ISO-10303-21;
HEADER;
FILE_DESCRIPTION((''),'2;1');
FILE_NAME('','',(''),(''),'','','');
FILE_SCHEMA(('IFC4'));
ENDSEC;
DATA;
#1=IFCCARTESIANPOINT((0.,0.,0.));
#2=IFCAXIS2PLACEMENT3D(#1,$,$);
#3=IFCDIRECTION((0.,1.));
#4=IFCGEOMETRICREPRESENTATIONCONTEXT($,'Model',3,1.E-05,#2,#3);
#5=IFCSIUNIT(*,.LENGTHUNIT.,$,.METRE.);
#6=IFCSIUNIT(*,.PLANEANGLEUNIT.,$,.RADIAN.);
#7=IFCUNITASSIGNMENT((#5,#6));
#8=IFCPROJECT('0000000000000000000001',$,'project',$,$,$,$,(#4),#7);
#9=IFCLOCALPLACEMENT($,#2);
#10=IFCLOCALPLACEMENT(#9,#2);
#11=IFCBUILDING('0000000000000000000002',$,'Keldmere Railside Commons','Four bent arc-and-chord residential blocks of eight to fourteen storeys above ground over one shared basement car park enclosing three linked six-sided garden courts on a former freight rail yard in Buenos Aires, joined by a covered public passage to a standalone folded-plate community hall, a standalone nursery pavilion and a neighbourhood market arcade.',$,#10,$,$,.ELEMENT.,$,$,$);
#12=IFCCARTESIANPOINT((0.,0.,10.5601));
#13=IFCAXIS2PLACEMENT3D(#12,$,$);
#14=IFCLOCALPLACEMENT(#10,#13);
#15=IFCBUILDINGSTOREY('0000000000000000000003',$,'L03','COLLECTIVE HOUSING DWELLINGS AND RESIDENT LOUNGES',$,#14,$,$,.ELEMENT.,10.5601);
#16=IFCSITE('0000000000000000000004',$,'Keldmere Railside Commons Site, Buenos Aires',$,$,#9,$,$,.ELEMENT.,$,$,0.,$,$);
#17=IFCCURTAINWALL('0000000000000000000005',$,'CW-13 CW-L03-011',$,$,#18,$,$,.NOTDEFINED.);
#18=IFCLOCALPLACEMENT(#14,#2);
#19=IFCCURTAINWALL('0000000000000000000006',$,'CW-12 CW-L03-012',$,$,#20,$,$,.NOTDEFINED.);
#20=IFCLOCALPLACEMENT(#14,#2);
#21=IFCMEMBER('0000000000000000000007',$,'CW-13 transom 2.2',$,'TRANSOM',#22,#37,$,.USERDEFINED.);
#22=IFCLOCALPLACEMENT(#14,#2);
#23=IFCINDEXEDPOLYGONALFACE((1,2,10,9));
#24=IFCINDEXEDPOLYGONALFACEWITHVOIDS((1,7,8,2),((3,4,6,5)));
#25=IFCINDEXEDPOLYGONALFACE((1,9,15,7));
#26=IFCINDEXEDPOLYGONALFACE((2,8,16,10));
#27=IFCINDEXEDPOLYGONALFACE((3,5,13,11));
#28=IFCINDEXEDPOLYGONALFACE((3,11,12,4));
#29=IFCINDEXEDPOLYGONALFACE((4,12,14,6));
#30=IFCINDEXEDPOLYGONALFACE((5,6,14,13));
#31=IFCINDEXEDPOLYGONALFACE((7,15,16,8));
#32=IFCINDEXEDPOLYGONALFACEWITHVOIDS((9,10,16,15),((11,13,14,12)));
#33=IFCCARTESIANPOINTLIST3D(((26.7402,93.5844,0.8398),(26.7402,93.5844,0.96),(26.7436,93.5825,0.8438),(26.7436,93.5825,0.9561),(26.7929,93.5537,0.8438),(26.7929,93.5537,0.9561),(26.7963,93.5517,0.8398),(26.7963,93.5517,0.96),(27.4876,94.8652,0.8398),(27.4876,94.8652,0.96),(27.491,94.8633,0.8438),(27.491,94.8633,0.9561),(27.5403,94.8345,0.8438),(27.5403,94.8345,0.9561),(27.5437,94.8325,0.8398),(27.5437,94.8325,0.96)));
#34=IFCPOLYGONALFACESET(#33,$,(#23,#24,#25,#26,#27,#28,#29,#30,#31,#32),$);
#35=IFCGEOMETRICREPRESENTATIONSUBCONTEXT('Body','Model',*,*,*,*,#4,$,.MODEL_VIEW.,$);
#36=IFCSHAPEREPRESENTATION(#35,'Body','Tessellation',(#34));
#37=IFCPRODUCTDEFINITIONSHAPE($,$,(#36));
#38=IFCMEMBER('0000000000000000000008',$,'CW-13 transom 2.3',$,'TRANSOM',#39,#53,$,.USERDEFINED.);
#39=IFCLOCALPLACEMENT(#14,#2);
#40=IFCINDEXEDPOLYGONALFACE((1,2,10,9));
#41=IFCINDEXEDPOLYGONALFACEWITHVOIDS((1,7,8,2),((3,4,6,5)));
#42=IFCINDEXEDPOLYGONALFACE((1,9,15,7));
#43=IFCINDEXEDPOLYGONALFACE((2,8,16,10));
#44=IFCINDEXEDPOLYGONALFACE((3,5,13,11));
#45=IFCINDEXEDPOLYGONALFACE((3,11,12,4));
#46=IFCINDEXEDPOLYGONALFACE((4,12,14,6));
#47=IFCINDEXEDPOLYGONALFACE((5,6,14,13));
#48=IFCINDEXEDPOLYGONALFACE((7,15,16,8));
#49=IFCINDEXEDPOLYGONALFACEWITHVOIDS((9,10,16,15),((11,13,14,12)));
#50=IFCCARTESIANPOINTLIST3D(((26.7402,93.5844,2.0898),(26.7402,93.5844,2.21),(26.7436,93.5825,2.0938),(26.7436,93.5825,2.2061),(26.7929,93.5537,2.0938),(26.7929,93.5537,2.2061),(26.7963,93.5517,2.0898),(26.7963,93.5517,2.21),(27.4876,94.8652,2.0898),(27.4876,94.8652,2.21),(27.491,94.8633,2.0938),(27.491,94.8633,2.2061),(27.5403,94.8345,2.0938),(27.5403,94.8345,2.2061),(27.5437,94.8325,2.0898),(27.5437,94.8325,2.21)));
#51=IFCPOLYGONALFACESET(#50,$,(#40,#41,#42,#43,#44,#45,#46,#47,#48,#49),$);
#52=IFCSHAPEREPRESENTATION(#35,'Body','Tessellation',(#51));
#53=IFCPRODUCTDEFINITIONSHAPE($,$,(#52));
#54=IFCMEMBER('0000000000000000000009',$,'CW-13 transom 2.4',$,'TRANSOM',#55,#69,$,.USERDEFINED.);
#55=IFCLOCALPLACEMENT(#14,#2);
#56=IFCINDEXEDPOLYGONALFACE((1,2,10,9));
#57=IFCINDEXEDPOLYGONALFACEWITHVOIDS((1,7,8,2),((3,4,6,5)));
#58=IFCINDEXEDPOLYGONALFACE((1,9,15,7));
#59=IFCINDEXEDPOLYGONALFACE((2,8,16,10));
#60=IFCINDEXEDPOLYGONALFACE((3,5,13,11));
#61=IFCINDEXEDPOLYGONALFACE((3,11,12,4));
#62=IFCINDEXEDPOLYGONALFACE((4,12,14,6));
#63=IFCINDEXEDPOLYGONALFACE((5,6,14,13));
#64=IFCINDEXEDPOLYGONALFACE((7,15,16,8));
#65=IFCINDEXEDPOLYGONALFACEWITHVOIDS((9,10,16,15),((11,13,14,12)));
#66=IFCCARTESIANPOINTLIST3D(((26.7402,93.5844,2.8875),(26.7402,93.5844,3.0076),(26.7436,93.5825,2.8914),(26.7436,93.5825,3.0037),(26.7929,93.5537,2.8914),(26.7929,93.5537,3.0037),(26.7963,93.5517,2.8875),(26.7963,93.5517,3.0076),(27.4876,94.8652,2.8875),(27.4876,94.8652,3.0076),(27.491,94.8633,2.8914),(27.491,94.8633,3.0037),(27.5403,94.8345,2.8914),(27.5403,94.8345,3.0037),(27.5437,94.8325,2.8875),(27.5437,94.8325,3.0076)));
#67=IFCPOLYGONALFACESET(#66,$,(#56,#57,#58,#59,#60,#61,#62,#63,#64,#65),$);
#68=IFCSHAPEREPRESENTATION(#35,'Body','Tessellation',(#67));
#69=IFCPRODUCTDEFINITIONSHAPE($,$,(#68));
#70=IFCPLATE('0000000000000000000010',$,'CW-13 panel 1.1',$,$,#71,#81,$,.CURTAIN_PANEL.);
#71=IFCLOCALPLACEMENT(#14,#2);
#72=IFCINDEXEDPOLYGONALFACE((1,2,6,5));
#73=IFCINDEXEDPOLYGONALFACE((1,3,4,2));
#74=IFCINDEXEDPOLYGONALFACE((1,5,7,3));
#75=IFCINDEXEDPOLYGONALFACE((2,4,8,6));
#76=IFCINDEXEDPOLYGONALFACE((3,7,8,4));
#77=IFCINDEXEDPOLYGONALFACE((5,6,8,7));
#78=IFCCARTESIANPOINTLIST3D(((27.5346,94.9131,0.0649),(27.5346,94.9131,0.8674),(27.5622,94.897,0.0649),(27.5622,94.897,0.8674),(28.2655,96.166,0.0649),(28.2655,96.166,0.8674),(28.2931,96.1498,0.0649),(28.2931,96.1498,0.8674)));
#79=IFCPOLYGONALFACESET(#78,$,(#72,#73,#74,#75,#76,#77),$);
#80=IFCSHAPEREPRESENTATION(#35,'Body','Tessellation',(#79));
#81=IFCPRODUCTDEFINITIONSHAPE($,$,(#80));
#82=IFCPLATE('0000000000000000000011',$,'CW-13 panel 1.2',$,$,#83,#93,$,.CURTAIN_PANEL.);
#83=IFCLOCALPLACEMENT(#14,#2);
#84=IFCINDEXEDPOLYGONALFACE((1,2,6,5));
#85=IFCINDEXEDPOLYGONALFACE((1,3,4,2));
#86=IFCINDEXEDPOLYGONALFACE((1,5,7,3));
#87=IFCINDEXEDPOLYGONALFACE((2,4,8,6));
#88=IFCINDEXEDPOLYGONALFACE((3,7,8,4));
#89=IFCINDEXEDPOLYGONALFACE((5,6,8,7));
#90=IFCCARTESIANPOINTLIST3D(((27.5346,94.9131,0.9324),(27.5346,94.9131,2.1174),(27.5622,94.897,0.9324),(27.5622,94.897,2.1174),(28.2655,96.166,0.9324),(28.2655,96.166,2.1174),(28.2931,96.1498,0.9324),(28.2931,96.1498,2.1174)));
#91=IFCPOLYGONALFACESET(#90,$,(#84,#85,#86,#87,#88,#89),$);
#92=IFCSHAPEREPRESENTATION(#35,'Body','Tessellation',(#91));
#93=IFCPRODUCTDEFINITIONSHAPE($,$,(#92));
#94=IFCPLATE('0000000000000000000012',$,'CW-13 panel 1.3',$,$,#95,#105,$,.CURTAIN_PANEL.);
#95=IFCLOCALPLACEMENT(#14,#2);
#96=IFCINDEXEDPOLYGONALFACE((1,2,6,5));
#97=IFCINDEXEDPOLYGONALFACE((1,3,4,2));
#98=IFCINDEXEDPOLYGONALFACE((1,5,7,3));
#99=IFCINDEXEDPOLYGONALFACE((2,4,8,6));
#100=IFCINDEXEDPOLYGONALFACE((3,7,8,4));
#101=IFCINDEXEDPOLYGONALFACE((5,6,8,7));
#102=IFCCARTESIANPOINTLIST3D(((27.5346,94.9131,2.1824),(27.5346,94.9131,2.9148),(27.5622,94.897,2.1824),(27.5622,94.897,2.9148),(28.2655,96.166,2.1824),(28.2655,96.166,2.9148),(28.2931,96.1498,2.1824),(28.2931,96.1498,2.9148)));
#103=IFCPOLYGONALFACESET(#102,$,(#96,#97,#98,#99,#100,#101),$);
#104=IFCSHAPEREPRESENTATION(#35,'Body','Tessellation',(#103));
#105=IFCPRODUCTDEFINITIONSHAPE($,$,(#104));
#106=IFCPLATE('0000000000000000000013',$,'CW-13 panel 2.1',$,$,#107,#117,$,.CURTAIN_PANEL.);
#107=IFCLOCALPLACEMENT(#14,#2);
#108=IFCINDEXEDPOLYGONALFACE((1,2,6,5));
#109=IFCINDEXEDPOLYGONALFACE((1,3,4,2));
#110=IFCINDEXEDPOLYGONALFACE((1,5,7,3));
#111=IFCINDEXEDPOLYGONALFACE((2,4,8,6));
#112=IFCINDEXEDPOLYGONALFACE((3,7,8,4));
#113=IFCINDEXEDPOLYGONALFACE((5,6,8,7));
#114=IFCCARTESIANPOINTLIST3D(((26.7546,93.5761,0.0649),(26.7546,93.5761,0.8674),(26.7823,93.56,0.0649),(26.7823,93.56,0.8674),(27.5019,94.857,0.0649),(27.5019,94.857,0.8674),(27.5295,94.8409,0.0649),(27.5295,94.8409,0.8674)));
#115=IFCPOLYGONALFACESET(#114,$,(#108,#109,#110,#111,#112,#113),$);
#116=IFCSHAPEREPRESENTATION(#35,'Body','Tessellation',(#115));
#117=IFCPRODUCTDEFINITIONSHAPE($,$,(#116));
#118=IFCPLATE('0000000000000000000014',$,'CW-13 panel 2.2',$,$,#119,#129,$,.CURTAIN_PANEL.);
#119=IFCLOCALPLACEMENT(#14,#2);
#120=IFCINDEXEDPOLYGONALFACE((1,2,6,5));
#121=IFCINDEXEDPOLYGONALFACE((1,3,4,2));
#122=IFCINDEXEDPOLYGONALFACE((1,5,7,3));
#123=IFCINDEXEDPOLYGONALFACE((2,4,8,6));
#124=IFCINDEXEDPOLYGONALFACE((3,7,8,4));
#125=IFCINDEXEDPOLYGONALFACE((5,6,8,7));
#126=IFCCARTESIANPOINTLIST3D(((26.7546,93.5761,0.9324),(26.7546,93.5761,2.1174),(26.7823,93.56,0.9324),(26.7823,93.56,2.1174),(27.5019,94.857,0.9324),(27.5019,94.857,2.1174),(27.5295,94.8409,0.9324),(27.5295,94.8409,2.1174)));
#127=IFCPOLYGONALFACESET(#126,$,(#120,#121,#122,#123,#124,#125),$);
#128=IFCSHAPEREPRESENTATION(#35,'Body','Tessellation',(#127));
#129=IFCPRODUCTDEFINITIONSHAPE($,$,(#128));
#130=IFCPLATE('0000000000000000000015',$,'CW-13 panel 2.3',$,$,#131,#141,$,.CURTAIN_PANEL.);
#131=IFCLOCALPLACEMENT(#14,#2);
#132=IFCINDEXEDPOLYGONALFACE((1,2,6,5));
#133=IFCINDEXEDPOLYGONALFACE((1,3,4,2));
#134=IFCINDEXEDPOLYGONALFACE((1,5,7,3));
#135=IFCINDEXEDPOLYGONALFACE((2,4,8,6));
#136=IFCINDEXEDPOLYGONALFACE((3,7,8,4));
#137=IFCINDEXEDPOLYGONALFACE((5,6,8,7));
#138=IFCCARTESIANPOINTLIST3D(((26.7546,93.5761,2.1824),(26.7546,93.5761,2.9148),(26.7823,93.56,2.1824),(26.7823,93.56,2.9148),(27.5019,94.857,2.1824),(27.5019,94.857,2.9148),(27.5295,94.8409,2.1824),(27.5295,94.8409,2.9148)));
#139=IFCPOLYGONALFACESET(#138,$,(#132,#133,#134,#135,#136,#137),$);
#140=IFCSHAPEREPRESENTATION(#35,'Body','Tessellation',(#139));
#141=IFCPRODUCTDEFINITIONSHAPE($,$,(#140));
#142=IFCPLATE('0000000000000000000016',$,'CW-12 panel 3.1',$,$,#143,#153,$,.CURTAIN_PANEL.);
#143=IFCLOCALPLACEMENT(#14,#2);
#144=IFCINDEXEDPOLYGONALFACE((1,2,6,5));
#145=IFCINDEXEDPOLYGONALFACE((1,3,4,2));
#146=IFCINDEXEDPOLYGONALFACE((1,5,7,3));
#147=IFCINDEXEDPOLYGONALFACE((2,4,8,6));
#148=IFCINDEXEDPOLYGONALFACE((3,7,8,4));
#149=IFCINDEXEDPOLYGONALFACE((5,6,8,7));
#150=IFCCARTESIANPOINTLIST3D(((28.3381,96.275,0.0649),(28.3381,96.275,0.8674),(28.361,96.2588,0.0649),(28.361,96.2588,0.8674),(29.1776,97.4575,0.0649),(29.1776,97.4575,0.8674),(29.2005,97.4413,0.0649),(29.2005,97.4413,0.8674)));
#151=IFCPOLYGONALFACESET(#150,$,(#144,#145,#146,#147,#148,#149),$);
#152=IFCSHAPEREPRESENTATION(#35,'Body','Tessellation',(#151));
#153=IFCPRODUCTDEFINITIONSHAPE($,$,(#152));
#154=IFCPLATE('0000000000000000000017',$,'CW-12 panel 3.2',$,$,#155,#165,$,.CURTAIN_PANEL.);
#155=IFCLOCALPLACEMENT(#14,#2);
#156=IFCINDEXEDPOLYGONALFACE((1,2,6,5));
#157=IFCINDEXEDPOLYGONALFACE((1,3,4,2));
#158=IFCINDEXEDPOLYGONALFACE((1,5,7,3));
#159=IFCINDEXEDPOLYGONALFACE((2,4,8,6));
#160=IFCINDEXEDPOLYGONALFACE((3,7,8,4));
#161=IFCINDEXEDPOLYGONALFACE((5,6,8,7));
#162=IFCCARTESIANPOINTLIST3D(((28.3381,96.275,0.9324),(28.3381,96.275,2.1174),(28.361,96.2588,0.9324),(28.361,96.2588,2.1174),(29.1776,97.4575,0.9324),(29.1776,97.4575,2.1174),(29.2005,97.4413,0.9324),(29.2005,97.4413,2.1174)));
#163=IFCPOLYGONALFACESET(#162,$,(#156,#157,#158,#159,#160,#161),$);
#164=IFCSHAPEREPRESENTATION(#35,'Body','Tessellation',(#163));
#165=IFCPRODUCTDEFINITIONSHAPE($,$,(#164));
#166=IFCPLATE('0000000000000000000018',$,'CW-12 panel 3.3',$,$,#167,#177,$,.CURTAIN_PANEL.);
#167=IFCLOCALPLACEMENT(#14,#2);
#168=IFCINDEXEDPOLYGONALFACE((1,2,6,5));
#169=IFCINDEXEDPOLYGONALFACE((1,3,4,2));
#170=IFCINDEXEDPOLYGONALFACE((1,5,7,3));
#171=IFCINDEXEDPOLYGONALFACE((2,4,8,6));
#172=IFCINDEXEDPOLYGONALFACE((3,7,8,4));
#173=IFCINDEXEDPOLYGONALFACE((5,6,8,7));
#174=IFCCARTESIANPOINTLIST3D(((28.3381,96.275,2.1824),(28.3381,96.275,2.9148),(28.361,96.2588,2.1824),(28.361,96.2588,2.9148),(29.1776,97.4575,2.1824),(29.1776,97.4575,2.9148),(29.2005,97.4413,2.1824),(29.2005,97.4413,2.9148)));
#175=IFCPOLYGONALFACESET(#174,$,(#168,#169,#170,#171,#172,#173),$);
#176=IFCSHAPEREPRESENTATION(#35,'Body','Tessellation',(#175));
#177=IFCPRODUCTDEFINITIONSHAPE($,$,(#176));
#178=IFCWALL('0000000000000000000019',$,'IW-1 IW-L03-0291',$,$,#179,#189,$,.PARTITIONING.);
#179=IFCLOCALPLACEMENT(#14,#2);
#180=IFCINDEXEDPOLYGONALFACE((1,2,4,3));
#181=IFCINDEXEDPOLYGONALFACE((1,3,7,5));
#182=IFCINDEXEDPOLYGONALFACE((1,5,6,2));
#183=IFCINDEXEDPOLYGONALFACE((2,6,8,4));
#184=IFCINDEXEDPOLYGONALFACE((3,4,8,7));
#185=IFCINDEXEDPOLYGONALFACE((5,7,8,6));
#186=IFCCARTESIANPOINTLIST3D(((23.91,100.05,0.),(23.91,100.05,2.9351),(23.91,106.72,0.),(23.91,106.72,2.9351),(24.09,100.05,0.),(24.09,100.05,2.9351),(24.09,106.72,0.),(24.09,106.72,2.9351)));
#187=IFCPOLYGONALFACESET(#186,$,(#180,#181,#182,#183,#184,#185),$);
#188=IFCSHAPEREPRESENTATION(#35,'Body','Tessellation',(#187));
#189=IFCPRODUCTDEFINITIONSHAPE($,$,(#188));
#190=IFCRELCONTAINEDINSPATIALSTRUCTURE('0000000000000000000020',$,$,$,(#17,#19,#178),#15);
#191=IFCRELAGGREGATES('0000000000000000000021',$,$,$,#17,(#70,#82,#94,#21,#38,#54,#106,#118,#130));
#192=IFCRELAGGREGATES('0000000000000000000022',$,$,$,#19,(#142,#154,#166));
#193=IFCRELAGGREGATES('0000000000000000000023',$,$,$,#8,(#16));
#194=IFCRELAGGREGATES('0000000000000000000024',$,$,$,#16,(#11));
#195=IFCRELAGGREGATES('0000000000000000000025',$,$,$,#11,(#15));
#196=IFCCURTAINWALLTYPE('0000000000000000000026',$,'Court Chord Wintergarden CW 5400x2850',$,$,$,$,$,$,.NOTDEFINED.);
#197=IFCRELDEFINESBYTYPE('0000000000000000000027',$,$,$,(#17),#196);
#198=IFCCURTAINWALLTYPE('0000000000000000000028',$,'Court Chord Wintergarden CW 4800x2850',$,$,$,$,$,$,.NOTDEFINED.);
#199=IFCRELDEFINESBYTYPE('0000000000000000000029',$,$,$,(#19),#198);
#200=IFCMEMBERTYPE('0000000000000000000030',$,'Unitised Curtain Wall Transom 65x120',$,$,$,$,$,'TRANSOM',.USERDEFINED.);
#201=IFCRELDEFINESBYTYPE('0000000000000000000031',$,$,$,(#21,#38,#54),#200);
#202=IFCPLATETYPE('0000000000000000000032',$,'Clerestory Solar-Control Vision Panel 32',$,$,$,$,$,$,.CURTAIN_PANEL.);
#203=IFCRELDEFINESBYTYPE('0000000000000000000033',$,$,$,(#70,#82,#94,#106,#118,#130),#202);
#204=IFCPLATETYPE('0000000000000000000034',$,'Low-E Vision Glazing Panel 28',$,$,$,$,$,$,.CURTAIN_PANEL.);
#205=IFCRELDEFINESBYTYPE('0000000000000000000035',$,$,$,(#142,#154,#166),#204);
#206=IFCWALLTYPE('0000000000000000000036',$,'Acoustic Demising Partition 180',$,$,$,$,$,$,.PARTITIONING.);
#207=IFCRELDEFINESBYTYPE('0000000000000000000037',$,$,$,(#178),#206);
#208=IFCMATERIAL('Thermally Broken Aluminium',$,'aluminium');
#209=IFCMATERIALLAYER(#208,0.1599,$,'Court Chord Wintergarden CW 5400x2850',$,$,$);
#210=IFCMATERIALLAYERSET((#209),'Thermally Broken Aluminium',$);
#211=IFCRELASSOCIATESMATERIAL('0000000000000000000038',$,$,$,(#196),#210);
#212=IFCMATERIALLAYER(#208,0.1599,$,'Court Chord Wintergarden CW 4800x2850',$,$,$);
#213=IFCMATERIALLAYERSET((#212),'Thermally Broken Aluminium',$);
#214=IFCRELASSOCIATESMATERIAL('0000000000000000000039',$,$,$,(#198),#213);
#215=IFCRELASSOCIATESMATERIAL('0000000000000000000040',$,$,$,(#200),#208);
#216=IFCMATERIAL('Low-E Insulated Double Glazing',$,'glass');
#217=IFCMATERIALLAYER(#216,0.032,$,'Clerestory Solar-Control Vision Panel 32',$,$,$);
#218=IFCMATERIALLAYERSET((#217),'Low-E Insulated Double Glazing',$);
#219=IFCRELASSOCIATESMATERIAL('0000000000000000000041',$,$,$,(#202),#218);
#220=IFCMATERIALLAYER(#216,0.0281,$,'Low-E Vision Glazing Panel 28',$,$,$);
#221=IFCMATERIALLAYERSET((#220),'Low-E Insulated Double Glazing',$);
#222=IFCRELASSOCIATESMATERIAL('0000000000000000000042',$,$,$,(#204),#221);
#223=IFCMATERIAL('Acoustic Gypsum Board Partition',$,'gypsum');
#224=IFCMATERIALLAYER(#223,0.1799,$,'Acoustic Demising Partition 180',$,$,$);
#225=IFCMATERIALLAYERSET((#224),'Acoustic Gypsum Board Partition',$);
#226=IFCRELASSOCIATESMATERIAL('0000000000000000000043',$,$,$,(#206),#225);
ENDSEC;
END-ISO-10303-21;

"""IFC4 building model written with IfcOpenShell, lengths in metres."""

from ifc_helpers import new_model, si_unit, direction, frame, frame_2d, origin, origin_2d, place, context, subcontext, project, spatial, rectangle, hollow_rectangle, extrude, material, layer, layer_set, material_profile, profile_set, type_object, element, aggregate, save


model = new_model("IFC4")

# Units and contexts
model_context = context("Model", 3, precision=1e-05, world=origin(), true_north=direction((0.0, 1.0)))
body_context = subcontext(model_context, "Body", "Model", "MODEL_VIEW")
ifc_project = project(units=[si_unit("LENGTHUNIT", "METRE"), si_unit("PLANEANGLEUNIT", "RADIAN")], contexts=[model_context])

# Site, building, storey
site_placement = place(None, origin())
site = spatial("IfcSite", under=ifc_project, at=site_placement, Name="Keldmere Railside Commons Site, Buenos Aires", CompositionType="ELEMENT", RefElevation=0.0)
building_placement = place(site_placement, origin())
building = spatial("IfcBuilding", under=site, at=building_placement, Name="Keldmere Railside Commons", Description="Four bent arc-and-chord residential blocks of eight to fourteen storeys above ground over one shared basement car park enclosing three linked six-sided garden courts on a former freight rail yard in Buenos Aires, joined by a covered public passage to a standalone folded-plate community hall, a standalone nursery pavilion and a neighbourhood market arcade.", CompositionType="ELEMENT")
storey_placement = place(building_placement, frame((0.0, 0.0, 10.5601)))
storey = spatial("IfcBuildingStorey", under=building, at=storey_placement, Name="L03", Description="COLLECTIVE HOUSING DWELLINGS AND RESIDENT LOUNGES", CompositionType="ELEMENT", Elevation=10.5601)

# Curtain wall
ifc_material_1 = material(Name="Thermally Broken Aluminium", Category="aluminium")
ifc_layer_1 = layer(ifc_material_1, 0.1599, Name="Court Chord Wintergarden CW 5400x2850")
ifc_layer_set_1 = layer_set([ifc_layer_1], Name="Thermally Broken Aluminium")
curtain_wall_type_1 = type_object("IfcCurtainWallType", Name="Court Chord Wintergarden CW 5400x2850", PredefinedType="NOTDEFINED", material=ifc_layer_set_1)
curtain_wall_1_placement = place(storey_placement, origin())
curtain_wall_1 = element("IfcCurtainWall", 1, at=curtain_wall_1_placement, inside=storey, type_object=curtain_wall_type_1, Name="CW-13 CW-L03-011", PredefinedType="NOTDEFINED")

# Curtain wall
ifc_layer_2 = layer(ifc_material_1, 0.1599, Name="Court Chord Wintergarden CW 4800x2850")
ifc_layer_set_2 = layer_set([ifc_layer_2], Name="Thermally Broken Aluminium")
curtain_wall_type_2 = type_object("IfcCurtainWallType", Name="Court Chord Wintergarden CW 4800x2850", PredefinedType="NOTDEFINED", material=ifc_layer_set_2)
curtain_wall_2_placement = place(storey_placement, origin())
curtain_wall_2 = element("IfcCurtainWall", 2, at=curtain_wall_2_placement, inside=storey, type_object=curtain_wall_type_2, Name="CW-12 CW-L03-012", PredefinedType="NOTDEFINED")

# Members
ifc_material_profile_1 = material_profile(ifc_material_1, hollow_rectangle(XDim=0.0649, YDim=0.1201, WallThickness=0.0039, at=origin_2d()), Name="ALU-TRAN-65x120")
ifc_profile_set_1 = profile_set([ifc_material_profile_1], Name="Thermally Broken Aluminium")
member_type_1 = type_object("IfcMemberType", Name="Unitised Curtain Wall Transom 65x120", ElementType="TRANSOM", PredefinedType="USERDEFINED", material=ifc_profile_set_1)
member_1_placement = place(storey_placement, frame((27.5156, 94.8489, 0.8999), z_axis=(-0.503973, -0.863719, 0.0), x_axis=(0.863719, -0.503973, 0.0)))
member_1 = element("IfcMember", 3, at=member_1_placement, type_object=member_type_1, Name="CW-13 transom 2.2", ObjectType="TRANSOM", PredefinedType="USERDEFINED", context=body_context, shape_type="SweptSolid", body=[
    extrude(hollow_rectangle(XDim=0.0649, YDim=0.1201, WallThickness=0.0039, at=origin_2d()), origin(), (0.0, 0.0, 1.0), 1.4829),
])
member_2_placement = place(storey_placement, frame((27.5156, 94.8489, 2.1499), z_axis=(-0.503973, -0.863719, 0.0), x_axis=(0.863719, -0.503973, 0.0)))
member_2 = element("IfcMember", 4, at=member_2_placement, type_object=member_type_1, Name="CW-13 transom 2.3", ObjectType="TRANSOM", PredefinedType="USERDEFINED", context=body_context, shape_type="SweptSolid", body=[
    extrude(hollow_rectangle(XDim=0.0649, YDim=0.1201, WallThickness=0.0039, at=origin_2d()), origin(), (0.0, 0.0, 1.0), 1.4829),
])
member_3_placement = place(storey_placement, frame((27.5156, 94.8489, 2.9475), z_axis=(-0.503973, -0.863719, 0.0), x_axis=(0.863719, -0.503973, 0.0)))
member_3 = element("IfcMember", 5, at=member_3_placement, type_object=member_type_1, Name="CW-13 transom 2.4", ObjectType="TRANSOM", PredefinedType="USERDEFINED", context=body_context, shape_type="SweptSolid", body=[
    extrude(hollow_rectangle(XDim=0.0649, YDim=0.1201, WallThickness=0.0039, at=origin_2d()), origin(), (0.0, 0.0, 1.0), 1.4829),
])

# Plates
ifc_material_2 = material(Name="Low-E Insulated Double Glazing", Category="glass")
ifc_layer_3 = layer(ifc_material_2, 0.032, Name="Clerestory Solar-Control Vision Panel 32")
ifc_layer_set_3 = layer_set([ifc_layer_3], Name="Low-E Insulated Double Glazing")
plate_type_1 = type_object("IfcPlateType", Name="Clerestory Solar-Control Vision Panel 32", PredefinedType="CURTAIN_PANEL", material=ifc_layer_set_3)
plate_1_placement = place(storey_placement, frame((27.9138, 95.5315, 0.0649), z_axis=(0.0, 0.0, 1.0), x_axis=(-0.503911, -0.863755, 0.0)))
plate_1 = element("IfcPlate", 6, at=plate_1_placement, type_object=plate_type_1, Name="CW-13 panel 1.1", PredefinedType="CURTAIN_PANEL", context=body_context, shape_type="SweptSolid", body=[
    extrude(rectangle(XDim=1.4504, YDim=0.032, at=origin_2d()), origin(), (0.0, 0.0, 1.0), 0.8025),
])
plate_2_placement = place(storey_placement, frame((27.9138, 95.5315, 0.9324), z_axis=(0.0, 0.0, 1.0), x_axis=(-0.503911, -0.863755, 0.0)))
plate_2 = element("IfcPlate", 7, at=plate_2_placement, type_object=plate_type_1, Name="CW-13 panel 1.2", PredefinedType="CURTAIN_PANEL", context=body_context, shape_type="SweptSolid", body=[
    extrude(rectangle(XDim=1.4504, YDim=0.032, at=origin_2d()), origin(), (0.0, 0.0, 1.0), 1.1851),
])
plate_3_placement = place(storey_placement, frame((27.9138, 95.5315, 2.1824), z_axis=(0.0, 0.0, 1.0), x_axis=(-0.503911, -0.863755, 0.0)))
plate_3 = element("IfcPlate", 8, at=plate_3_placement, type_object=plate_type_1, Name="CW-13 panel 1.3", PredefinedType="CURTAIN_PANEL", context=body_context, shape_type="SweptSolid", body=[
    extrude(rectangle(XDim=1.4504, YDim=0.032, at=origin_2d()), origin(), (0.0, 0.0, 1.0), 0.7324),
])
plate_4_placement = place(storey_placement, frame((27.1421, 94.2085, 0.0649), z_axis=(0.0, 0.0, 1.0), x_axis=(-0.503911, -0.863755, 0.0)))
plate_4 = element("IfcPlate", 9, at=plate_4_placement, type_object=plate_type_1, Name="CW-13 panel 2.1", PredefinedType="CURTAIN_PANEL", context=body_context, shape_type="SweptSolid", body=[
    extrude(rectangle(XDim=1.4829, YDim=0.032, at=origin_2d()), origin(), (0.0, 0.0, 1.0), 0.8025),
])
plate_5_placement = place(storey_placement, frame((27.1421, 94.2085, 0.9324), z_axis=(0.0, 0.0, 1.0), x_axis=(-0.503911, -0.863755, 0.0)))
plate_5 = element("IfcPlate", 10, at=plate_5_placement, type_object=plate_type_1, Name="CW-13 panel 2.2", PredefinedType="CURTAIN_PANEL", context=body_context, shape_type="SweptSolid", body=[
    extrude(rectangle(XDim=1.4829, YDim=0.032, at=origin_2d()), origin(), (0.0, 0.0, 1.0), 1.1851),
])
plate_6_placement = place(storey_placement, frame((27.1421, 94.2085, 2.1824), z_axis=(0.0, 0.0, 1.0), x_axis=(-0.503911, -0.863755, 0.0)))
plate_6 = element("IfcPlate", 11, at=plate_6_placement, type_object=plate_type_1, Name="CW-13 panel 2.3", PredefinedType="CURTAIN_PANEL", context=body_context, shape_type="SweptSolid", body=[
    extrude(rectangle(XDim=1.4829, YDim=0.032, at=origin_2d()), origin(), (0.0, 0.0, 1.0), 0.7324),
])
aggregate(curtain_wall_1, [plate_1, plate_2, plate_3, member_1, member_2, member_3, plate_4, plate_5, plate_6])
ifc_layer_4 = layer(ifc_material_2, 0.0281, Name="Low-E Vision Glazing Panel 28")
ifc_layer_set_4 = layer_set([ifc_layer_4], Name="Low-E Insulated Double Glazing")
plate_type_2 = type_object("IfcPlateType", Name="Low-E Vision Glazing Panel 28", PredefinedType="CURTAIN_PANEL", material=ifc_layer_set_4)
plate_7_placement = place(storey_placement, frame((28.7693, 96.8582, 0.0649), z_axis=(0.0, 0.0, 1.0), x_axis=(-0.578913, -0.815389, 0.0)))
plate_7 = element("IfcPlate", 12, at=plate_7_placement, type_object=plate_type_2, Name="CW-12 panel 3.1", PredefinedType="CURTAIN_PANEL", context=body_context, shape_type="SweptSolid", body=[
    extrude(rectangle(XDim=1.4502, YDim=0.0281, at=origin_2d()), origin(), (0.0, 0.0, 1.0), 0.8025),
])
plate_8_placement = place(storey_placement, frame((28.7693, 96.8582, 0.9324), z_axis=(0.0, 0.0, 1.0), x_axis=(-0.578913, -0.815389, 0.0)))
plate_8 = element("IfcPlate", 13, at=plate_8_placement, type_object=plate_type_2, Name="CW-12 panel 3.2", PredefinedType="CURTAIN_PANEL", context=body_context, shape_type="SweptSolid", body=[
    extrude(rectangle(XDim=1.4502, YDim=0.0281, at=origin_2d()), origin(), (0.0, 0.0, 1.0), 1.1851),
])
plate_9_placement = place(storey_placement, frame((28.7693, 96.8582, 2.1824), z_axis=(0.0, 0.0, 1.0), x_axis=(-0.578913, -0.815389, 0.0)))
plate_9 = element("IfcPlate", 14, at=plate_9_placement, type_object=plate_type_2, Name="CW-12 panel 3.3", PredefinedType="CURTAIN_PANEL", context=body_context, shape_type="SweptSolid", body=[
    extrude(rectangle(XDim=1.4502, YDim=0.0281, at=origin_2d()), origin(), (0.0, 0.0, 1.0), 0.7324),
])
aggregate(curtain_wall_2, [plate_7, plate_8, plate_9])

# Wall
ifc_material_3 = material(Name="Acoustic Gypsum Board Partition", Category="gypsum")
ifc_layer_5 = layer(ifc_material_3, 0.1799, Name="Acoustic Demising Partition 180")
ifc_layer_set_5 = layer_set([ifc_layer_5], Name="Acoustic Gypsum Board Partition")
wall_type_1 = type_object("IfcWallType", Name="Acoustic Demising Partition 180", PredefinedType="PARTITIONING", material=ifc_layer_set_5)
wall_1_placement = place(storey_placement, frame((24.0, 100.05, 0.0), z_axis=(0.0, 0.0, 1.0), x_axis=(0.0, 1.0, 0.0)))
element("IfcWall", 15, at=wall_1_placement, inside=storey, type_object=wall_type_1, Name="IW-1 IW-L03-0291", PredefinedType="PARTITIONING", context=body_context, shape_type="SweptSolid", body=[
    extrude(rectangle(XDim=6.6699, YDim=0.1799, at=frame_2d((3.335, 0.0))), origin(), (0.0, 0.0, 1.0), 2.9351),
])

save(model, "model.ifc")
